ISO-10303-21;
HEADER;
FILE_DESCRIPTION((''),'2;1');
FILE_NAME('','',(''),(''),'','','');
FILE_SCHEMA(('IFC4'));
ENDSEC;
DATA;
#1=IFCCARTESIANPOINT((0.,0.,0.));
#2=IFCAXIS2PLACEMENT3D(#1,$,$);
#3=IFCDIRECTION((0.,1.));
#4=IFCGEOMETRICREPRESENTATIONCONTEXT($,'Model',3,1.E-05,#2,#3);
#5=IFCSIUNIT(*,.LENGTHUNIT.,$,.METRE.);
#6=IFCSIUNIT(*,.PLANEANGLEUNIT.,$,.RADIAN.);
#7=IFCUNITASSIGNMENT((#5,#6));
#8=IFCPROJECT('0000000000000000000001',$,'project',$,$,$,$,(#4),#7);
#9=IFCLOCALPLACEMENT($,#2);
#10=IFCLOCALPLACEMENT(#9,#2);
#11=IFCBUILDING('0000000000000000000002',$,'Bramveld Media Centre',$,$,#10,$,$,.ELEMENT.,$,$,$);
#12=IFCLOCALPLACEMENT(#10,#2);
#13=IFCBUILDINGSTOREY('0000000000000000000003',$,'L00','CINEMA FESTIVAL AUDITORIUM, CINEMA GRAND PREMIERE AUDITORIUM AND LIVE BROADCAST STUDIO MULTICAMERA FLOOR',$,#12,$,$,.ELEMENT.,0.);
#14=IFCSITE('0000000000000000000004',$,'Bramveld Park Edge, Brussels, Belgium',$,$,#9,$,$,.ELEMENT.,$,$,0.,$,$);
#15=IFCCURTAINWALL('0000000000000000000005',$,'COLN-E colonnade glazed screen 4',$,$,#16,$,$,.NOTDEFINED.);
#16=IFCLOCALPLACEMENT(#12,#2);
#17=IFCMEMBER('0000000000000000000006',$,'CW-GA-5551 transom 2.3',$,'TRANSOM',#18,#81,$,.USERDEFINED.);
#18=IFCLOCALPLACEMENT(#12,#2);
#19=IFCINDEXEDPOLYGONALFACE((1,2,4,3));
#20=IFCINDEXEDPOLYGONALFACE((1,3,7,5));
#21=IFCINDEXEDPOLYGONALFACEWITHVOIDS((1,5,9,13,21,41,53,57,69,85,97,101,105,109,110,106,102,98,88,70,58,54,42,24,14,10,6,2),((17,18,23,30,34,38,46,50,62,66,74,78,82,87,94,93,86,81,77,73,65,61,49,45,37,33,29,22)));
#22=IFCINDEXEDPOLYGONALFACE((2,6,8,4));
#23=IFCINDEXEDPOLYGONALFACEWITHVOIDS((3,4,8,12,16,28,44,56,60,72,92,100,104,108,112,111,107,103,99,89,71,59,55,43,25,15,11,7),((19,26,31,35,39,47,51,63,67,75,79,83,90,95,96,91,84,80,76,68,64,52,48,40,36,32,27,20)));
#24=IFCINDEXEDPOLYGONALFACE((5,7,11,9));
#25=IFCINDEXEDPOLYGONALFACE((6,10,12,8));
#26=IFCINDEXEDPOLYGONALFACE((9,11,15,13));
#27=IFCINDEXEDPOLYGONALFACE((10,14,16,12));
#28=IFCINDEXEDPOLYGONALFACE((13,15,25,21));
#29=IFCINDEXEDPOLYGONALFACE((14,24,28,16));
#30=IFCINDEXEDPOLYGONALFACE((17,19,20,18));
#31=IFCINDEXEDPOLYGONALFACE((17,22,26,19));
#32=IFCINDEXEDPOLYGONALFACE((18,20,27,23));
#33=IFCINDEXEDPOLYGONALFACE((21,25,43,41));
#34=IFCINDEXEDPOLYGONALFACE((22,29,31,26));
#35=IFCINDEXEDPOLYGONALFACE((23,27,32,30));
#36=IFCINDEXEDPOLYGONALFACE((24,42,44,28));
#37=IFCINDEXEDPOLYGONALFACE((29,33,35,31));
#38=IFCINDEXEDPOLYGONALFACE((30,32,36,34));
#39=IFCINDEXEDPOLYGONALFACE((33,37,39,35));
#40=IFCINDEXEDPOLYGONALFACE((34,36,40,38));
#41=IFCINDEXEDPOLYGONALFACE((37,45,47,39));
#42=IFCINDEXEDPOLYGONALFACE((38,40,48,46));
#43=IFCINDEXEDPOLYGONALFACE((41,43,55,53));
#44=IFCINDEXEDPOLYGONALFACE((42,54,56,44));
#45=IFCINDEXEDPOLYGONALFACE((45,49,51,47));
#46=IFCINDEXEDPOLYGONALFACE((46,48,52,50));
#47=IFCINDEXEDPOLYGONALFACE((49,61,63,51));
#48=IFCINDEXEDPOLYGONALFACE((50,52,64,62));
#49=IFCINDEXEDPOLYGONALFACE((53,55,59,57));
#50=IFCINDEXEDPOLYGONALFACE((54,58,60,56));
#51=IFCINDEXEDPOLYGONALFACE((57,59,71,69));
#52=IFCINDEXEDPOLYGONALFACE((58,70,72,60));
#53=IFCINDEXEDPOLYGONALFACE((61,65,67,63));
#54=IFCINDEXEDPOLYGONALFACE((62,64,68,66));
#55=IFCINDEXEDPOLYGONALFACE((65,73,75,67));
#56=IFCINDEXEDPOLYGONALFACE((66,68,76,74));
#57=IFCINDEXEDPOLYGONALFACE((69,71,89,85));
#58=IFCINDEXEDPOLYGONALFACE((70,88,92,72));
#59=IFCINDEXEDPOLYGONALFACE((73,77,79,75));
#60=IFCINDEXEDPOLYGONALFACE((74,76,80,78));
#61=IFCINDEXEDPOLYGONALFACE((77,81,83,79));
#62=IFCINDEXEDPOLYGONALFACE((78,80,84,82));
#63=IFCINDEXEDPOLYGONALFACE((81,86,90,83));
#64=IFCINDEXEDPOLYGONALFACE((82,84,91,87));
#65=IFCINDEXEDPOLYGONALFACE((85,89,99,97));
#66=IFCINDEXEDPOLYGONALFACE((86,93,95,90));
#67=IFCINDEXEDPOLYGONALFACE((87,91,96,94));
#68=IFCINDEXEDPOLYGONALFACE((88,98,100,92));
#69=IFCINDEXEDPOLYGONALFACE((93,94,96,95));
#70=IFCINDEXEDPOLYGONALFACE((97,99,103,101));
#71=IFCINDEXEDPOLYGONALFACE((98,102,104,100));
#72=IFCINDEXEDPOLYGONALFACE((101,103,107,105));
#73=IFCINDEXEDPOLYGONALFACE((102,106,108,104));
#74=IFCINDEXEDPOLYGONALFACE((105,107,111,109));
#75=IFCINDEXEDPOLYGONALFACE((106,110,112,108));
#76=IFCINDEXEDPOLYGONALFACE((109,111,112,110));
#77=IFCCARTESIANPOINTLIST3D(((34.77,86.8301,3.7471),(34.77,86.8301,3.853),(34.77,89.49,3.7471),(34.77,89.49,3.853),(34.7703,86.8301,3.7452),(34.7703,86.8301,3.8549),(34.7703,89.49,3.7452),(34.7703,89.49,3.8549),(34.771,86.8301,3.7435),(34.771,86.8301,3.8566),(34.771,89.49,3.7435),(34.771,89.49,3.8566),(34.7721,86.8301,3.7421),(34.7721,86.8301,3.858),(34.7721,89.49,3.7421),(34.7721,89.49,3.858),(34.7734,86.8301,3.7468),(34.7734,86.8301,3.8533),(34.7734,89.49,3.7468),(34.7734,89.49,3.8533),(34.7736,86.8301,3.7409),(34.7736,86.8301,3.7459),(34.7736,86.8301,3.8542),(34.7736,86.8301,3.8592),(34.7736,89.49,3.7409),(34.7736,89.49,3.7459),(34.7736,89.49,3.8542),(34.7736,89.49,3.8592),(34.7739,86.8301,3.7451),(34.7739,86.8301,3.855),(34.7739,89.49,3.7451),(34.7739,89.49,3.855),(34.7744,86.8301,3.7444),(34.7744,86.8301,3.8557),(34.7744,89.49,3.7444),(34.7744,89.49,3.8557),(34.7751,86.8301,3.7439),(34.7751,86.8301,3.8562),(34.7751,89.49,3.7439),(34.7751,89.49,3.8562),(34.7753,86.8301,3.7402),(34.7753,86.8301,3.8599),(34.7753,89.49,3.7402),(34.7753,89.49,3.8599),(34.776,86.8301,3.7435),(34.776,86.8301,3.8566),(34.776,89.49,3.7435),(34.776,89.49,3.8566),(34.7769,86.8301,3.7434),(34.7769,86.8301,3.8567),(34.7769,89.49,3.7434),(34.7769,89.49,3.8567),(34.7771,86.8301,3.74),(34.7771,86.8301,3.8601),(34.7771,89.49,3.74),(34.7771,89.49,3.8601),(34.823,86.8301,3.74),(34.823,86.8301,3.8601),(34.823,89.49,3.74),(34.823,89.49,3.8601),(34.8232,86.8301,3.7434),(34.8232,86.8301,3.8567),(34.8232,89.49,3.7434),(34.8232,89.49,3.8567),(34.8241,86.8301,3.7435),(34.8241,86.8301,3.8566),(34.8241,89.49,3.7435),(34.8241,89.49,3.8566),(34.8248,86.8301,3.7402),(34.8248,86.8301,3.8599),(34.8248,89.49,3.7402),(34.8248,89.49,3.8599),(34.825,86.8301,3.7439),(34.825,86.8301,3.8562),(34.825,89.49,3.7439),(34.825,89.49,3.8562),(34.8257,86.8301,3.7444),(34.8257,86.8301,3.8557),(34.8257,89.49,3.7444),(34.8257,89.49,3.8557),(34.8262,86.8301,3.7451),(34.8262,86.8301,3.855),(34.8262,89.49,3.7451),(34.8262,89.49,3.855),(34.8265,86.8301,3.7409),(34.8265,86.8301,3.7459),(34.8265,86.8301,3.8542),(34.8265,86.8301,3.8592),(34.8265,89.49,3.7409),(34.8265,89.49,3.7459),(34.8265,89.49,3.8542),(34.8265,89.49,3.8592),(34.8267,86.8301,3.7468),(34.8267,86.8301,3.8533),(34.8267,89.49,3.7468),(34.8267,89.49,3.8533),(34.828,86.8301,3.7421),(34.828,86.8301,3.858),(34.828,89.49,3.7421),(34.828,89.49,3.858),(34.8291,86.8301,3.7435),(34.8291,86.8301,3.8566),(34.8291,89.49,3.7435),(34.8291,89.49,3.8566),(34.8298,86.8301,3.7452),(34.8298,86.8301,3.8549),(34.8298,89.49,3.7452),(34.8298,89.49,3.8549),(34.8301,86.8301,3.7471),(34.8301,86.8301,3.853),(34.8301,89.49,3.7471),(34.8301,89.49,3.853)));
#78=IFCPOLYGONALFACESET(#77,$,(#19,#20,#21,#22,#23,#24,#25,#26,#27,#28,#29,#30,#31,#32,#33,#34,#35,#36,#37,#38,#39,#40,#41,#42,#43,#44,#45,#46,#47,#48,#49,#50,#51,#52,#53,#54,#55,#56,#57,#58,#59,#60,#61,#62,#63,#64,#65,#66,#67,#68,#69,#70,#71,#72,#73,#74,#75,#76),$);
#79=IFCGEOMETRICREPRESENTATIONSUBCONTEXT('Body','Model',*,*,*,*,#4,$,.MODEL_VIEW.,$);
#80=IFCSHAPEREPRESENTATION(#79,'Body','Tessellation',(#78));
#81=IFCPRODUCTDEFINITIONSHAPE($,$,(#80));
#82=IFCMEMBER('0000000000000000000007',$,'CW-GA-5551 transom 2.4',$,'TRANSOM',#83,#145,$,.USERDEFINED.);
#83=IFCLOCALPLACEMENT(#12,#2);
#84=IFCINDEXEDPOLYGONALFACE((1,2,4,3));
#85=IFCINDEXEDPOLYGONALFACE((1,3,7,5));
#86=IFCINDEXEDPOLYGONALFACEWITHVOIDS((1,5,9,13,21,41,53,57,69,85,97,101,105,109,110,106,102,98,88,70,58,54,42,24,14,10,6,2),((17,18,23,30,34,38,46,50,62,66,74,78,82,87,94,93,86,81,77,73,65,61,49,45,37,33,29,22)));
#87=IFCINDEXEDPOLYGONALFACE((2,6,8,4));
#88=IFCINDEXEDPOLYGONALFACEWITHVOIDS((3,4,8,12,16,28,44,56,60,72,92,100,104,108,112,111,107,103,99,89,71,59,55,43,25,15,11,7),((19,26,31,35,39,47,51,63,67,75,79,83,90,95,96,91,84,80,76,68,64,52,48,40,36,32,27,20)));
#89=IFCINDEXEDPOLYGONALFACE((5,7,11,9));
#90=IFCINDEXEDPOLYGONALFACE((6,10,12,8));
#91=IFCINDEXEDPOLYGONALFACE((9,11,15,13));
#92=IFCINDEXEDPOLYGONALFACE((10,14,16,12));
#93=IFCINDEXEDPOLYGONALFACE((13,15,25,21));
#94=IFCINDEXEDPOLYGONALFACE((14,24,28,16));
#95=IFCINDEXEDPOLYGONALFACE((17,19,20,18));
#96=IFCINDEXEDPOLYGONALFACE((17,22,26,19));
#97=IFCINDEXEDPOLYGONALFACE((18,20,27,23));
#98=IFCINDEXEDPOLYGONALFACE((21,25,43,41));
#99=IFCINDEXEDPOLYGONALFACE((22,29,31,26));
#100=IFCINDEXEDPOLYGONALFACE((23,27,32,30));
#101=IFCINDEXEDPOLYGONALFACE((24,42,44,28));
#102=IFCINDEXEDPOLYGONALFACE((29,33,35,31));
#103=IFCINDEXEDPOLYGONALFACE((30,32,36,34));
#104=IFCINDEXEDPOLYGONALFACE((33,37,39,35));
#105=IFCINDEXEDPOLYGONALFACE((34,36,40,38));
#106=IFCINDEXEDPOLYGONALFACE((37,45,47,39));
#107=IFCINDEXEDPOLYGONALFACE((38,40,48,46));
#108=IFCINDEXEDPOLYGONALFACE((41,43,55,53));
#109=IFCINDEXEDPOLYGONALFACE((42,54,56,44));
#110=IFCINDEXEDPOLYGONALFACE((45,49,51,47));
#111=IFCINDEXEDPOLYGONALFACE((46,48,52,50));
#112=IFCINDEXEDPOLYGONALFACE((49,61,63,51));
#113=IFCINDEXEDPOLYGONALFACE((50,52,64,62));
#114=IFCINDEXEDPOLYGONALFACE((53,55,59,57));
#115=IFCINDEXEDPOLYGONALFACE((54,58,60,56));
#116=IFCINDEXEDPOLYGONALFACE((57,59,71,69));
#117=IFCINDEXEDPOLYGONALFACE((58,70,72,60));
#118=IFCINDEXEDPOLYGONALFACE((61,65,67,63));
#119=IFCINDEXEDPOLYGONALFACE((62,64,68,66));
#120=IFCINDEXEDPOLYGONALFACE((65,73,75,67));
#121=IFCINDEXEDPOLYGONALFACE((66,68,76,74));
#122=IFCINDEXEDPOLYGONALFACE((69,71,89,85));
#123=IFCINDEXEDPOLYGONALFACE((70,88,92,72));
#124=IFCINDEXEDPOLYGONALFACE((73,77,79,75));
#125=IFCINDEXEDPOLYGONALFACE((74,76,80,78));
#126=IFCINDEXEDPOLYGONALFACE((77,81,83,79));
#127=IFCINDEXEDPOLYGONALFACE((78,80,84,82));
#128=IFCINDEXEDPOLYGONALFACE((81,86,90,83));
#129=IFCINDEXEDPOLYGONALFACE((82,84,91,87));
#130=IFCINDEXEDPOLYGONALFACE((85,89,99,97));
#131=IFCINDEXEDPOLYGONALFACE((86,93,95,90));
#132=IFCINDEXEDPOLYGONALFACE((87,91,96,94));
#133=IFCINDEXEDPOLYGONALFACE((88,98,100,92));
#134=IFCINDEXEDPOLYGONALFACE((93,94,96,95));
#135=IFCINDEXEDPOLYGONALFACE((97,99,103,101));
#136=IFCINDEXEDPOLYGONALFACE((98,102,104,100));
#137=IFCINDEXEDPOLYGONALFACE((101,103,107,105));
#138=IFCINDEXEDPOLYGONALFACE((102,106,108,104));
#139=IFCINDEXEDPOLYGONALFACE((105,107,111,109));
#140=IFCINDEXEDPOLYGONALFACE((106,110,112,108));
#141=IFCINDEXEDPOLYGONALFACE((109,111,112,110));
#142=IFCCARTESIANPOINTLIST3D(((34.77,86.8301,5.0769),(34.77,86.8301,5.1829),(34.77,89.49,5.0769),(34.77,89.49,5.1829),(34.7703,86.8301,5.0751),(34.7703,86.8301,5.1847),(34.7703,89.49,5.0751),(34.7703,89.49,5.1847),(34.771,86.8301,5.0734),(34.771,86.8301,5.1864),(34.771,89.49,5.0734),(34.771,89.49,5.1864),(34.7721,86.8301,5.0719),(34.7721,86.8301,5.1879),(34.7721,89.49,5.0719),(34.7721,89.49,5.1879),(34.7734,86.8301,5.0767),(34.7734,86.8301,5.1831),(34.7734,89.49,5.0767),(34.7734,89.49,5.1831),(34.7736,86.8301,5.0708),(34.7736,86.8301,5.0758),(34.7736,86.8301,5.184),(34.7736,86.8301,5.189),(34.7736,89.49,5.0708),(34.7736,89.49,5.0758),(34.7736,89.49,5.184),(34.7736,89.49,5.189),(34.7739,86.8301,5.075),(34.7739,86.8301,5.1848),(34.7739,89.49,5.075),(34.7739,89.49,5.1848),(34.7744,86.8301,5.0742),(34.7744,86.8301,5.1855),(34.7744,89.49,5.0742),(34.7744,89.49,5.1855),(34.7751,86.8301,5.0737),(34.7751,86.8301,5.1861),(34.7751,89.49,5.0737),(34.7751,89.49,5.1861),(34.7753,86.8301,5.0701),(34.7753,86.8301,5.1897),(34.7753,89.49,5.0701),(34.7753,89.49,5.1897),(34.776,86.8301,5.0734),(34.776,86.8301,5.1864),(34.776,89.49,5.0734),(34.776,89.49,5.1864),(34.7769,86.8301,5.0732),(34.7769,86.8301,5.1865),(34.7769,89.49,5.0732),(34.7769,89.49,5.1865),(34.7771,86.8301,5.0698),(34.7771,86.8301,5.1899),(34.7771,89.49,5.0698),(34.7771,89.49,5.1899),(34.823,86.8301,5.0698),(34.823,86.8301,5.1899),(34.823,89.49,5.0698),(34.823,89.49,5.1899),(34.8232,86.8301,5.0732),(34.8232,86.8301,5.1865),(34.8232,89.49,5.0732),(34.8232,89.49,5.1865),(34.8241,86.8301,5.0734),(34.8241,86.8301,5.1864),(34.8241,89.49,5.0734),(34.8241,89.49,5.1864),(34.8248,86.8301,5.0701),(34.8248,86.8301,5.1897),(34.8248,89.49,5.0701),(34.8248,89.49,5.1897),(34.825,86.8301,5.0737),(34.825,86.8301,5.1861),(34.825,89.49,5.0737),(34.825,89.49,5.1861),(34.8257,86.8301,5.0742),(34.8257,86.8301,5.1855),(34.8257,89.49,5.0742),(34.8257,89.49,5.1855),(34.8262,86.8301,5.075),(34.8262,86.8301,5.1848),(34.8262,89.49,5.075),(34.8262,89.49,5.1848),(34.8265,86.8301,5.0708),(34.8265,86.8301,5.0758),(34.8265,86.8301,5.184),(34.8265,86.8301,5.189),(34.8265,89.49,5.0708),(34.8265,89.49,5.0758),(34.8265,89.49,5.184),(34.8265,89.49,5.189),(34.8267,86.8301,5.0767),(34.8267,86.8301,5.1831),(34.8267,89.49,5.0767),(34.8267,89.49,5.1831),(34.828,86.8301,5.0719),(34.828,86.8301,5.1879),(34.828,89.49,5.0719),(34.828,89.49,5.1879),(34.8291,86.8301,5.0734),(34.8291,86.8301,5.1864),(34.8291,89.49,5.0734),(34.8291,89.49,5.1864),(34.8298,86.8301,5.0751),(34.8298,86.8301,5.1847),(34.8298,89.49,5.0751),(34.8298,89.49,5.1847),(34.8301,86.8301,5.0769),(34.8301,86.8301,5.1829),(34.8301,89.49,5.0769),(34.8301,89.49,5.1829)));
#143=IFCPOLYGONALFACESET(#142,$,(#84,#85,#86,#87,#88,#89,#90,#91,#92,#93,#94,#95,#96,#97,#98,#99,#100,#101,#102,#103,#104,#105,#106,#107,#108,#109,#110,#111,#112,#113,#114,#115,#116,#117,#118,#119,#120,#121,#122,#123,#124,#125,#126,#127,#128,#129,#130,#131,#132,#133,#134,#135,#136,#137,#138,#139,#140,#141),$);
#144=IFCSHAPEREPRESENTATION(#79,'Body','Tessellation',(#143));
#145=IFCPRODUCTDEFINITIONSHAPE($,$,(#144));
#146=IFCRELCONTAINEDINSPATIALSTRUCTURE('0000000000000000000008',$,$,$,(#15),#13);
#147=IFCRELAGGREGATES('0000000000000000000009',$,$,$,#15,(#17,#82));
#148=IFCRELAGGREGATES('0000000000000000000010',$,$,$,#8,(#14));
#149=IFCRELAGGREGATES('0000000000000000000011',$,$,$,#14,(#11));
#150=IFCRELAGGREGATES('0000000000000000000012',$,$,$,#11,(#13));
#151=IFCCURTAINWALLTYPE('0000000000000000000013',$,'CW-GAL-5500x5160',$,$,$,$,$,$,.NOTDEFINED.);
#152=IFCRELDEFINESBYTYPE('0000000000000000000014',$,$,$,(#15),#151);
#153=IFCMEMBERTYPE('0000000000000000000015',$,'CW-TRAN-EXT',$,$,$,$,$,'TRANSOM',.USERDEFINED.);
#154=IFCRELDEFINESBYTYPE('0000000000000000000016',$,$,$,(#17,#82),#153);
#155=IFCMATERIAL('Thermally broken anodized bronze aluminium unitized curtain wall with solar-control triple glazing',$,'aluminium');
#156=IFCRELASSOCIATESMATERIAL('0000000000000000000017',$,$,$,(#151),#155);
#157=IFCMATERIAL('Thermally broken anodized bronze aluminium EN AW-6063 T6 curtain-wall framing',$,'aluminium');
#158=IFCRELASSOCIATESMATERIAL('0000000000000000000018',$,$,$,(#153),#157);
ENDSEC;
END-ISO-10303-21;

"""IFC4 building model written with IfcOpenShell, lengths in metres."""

from ifc_helpers import new_model, si_unit, direction, frame, origin, origin_2d, place, context, subcontext, project, spatial, hollow_rectangle, extrude, material, material_profile, profile_set, type_object, element, aggregate, save


model = new_model("IFC4")

# Units and contexts
model_context = context("Model", 3, precision=1e-05, world=origin(), true_north=direction((0.0, 1.0)))
body_context = subcontext(model_context, "Body", "Model", "MODEL_VIEW")
ifc_project = project(units=[si_unit("LENGTHUNIT", "METRE"), si_unit("PLANEANGLEUNIT", "RADIAN")], contexts=[model_context])

# Site, building, storey
site_placement = place(None, origin())
site = spatial("IfcSite", under=ifc_project, at=site_placement, Name="Bramveld Park Edge, Brussels, Belgium", CompositionType="ELEMENT", RefElevation=0.0)
building_placement = place(site_placement, origin())
building = spatial("IfcBuilding", under=site, at=building_placement, Name="Bramveld Media Centre", CompositionType="ELEMENT")
storey_placement = place(building_placement, origin())
storey = spatial("IfcBuildingStorey", under=building, at=storey_placement, Name="L00", Description="CINEMA FESTIVAL AUDITORIUM, CINEMA GRAND PREMIERE AUDITORIUM AND LIVE BROADCAST STUDIO MULTICAMERA FLOOR", CompositionType="ELEMENT", Elevation=0.0)

# Curtain wall
ifc_material_1 = material(Name="Thermally broken anodized bronze aluminium unitized curtain wall with solar-control triple glazing", Category="aluminium")
curtain_wall_type_1 = type_object("IfcCurtainWallType", Name="CW-GAL-5500x5160", PredefinedType="NOTDEFINED", material=ifc_material_1)
curtain_wall_1_placement = place(storey_placement, origin())
curtain_wall_1 = element("IfcCurtainWall", 1, at=curtain_wall_1_placement, inside=storey, type_object=curtain_wall_type_1, Name="COLN-E colonnade glazed screen 4", PredefinedType="NOTDEFINED")

# Members
ifc_material_2 = material(Name="Thermally broken anodized bronze aluminium EN AW-6063 T6 curtain-wall framing", Category="aluminium")
ifc_material_profile_1 = material_profile(ifc_material_2, hollow_rectangle(XDim=0.0601, YDim=0.1201, WallThickness=0.0034, InnerFilletRadius=0.0034, OuterFilletRadius=0.0071, at=origin_2d()), Name="AL-TRAN 60x120")
ifc_profile_set_1 = profile_set([ifc_material_profile_1], Name="Thermally broken anodized bronze aluminium EN AW-6063 T6 curtain-wall framing")
member_type_1 = type_object("IfcMemberType", Name="CW-TRAN-EXT", ElementType="TRANSOM", PredefinedType="USERDEFINED", material=ifc_profile_set_1)
member_1_placement = place(storey_placement, frame((34.8, 86.8301, 3.8), z_axis=(0.0, 1.0, 0.0), x_axis=(-1.0, 0.0, 0.0)))
member_1 = element("IfcMember", 2, at=member_1_placement, type_object=member_type_1, Name="CW-GA-5551 transom 2.3", ObjectType="TRANSOM", PredefinedType="USERDEFINED", context=body_context, shape_type="SweptSolid", body=[
    extrude(hollow_rectangle(XDim=0.0601, YDim=0.1201, WallThickness=0.0034, InnerFilletRadius=0.0034, OuterFilletRadius=0.0071, at=origin_2d()), origin(), (0.0, 0.0, 1.0), 2.6599),
])
member_2_placement = place(storey_placement, frame((34.8, 86.8301, 5.1299), z_axis=(0.0, 1.0, 0.0), x_axis=(-1.0, 0.0, 0.0)))
member_2 = element("IfcMember", 3, at=member_2_placement, type_object=member_type_1, Name="CW-GA-5551 transom 2.4", ObjectType="TRANSOM", PredefinedType="USERDEFINED", context=body_context, shape_type="SweptSolid", body=[
    extrude(hollow_rectangle(XDim=0.0601, YDim=0.1201, WallThickness=0.0034, InnerFilletRadius=0.0034, OuterFilletRadius=0.0071, at=origin_2d()), origin(), (0.0, 0.0, 1.0), 2.6599),
])

aggregate(curtain_wall_1, [member_1, member_2])

save(model, "model.ifc")
